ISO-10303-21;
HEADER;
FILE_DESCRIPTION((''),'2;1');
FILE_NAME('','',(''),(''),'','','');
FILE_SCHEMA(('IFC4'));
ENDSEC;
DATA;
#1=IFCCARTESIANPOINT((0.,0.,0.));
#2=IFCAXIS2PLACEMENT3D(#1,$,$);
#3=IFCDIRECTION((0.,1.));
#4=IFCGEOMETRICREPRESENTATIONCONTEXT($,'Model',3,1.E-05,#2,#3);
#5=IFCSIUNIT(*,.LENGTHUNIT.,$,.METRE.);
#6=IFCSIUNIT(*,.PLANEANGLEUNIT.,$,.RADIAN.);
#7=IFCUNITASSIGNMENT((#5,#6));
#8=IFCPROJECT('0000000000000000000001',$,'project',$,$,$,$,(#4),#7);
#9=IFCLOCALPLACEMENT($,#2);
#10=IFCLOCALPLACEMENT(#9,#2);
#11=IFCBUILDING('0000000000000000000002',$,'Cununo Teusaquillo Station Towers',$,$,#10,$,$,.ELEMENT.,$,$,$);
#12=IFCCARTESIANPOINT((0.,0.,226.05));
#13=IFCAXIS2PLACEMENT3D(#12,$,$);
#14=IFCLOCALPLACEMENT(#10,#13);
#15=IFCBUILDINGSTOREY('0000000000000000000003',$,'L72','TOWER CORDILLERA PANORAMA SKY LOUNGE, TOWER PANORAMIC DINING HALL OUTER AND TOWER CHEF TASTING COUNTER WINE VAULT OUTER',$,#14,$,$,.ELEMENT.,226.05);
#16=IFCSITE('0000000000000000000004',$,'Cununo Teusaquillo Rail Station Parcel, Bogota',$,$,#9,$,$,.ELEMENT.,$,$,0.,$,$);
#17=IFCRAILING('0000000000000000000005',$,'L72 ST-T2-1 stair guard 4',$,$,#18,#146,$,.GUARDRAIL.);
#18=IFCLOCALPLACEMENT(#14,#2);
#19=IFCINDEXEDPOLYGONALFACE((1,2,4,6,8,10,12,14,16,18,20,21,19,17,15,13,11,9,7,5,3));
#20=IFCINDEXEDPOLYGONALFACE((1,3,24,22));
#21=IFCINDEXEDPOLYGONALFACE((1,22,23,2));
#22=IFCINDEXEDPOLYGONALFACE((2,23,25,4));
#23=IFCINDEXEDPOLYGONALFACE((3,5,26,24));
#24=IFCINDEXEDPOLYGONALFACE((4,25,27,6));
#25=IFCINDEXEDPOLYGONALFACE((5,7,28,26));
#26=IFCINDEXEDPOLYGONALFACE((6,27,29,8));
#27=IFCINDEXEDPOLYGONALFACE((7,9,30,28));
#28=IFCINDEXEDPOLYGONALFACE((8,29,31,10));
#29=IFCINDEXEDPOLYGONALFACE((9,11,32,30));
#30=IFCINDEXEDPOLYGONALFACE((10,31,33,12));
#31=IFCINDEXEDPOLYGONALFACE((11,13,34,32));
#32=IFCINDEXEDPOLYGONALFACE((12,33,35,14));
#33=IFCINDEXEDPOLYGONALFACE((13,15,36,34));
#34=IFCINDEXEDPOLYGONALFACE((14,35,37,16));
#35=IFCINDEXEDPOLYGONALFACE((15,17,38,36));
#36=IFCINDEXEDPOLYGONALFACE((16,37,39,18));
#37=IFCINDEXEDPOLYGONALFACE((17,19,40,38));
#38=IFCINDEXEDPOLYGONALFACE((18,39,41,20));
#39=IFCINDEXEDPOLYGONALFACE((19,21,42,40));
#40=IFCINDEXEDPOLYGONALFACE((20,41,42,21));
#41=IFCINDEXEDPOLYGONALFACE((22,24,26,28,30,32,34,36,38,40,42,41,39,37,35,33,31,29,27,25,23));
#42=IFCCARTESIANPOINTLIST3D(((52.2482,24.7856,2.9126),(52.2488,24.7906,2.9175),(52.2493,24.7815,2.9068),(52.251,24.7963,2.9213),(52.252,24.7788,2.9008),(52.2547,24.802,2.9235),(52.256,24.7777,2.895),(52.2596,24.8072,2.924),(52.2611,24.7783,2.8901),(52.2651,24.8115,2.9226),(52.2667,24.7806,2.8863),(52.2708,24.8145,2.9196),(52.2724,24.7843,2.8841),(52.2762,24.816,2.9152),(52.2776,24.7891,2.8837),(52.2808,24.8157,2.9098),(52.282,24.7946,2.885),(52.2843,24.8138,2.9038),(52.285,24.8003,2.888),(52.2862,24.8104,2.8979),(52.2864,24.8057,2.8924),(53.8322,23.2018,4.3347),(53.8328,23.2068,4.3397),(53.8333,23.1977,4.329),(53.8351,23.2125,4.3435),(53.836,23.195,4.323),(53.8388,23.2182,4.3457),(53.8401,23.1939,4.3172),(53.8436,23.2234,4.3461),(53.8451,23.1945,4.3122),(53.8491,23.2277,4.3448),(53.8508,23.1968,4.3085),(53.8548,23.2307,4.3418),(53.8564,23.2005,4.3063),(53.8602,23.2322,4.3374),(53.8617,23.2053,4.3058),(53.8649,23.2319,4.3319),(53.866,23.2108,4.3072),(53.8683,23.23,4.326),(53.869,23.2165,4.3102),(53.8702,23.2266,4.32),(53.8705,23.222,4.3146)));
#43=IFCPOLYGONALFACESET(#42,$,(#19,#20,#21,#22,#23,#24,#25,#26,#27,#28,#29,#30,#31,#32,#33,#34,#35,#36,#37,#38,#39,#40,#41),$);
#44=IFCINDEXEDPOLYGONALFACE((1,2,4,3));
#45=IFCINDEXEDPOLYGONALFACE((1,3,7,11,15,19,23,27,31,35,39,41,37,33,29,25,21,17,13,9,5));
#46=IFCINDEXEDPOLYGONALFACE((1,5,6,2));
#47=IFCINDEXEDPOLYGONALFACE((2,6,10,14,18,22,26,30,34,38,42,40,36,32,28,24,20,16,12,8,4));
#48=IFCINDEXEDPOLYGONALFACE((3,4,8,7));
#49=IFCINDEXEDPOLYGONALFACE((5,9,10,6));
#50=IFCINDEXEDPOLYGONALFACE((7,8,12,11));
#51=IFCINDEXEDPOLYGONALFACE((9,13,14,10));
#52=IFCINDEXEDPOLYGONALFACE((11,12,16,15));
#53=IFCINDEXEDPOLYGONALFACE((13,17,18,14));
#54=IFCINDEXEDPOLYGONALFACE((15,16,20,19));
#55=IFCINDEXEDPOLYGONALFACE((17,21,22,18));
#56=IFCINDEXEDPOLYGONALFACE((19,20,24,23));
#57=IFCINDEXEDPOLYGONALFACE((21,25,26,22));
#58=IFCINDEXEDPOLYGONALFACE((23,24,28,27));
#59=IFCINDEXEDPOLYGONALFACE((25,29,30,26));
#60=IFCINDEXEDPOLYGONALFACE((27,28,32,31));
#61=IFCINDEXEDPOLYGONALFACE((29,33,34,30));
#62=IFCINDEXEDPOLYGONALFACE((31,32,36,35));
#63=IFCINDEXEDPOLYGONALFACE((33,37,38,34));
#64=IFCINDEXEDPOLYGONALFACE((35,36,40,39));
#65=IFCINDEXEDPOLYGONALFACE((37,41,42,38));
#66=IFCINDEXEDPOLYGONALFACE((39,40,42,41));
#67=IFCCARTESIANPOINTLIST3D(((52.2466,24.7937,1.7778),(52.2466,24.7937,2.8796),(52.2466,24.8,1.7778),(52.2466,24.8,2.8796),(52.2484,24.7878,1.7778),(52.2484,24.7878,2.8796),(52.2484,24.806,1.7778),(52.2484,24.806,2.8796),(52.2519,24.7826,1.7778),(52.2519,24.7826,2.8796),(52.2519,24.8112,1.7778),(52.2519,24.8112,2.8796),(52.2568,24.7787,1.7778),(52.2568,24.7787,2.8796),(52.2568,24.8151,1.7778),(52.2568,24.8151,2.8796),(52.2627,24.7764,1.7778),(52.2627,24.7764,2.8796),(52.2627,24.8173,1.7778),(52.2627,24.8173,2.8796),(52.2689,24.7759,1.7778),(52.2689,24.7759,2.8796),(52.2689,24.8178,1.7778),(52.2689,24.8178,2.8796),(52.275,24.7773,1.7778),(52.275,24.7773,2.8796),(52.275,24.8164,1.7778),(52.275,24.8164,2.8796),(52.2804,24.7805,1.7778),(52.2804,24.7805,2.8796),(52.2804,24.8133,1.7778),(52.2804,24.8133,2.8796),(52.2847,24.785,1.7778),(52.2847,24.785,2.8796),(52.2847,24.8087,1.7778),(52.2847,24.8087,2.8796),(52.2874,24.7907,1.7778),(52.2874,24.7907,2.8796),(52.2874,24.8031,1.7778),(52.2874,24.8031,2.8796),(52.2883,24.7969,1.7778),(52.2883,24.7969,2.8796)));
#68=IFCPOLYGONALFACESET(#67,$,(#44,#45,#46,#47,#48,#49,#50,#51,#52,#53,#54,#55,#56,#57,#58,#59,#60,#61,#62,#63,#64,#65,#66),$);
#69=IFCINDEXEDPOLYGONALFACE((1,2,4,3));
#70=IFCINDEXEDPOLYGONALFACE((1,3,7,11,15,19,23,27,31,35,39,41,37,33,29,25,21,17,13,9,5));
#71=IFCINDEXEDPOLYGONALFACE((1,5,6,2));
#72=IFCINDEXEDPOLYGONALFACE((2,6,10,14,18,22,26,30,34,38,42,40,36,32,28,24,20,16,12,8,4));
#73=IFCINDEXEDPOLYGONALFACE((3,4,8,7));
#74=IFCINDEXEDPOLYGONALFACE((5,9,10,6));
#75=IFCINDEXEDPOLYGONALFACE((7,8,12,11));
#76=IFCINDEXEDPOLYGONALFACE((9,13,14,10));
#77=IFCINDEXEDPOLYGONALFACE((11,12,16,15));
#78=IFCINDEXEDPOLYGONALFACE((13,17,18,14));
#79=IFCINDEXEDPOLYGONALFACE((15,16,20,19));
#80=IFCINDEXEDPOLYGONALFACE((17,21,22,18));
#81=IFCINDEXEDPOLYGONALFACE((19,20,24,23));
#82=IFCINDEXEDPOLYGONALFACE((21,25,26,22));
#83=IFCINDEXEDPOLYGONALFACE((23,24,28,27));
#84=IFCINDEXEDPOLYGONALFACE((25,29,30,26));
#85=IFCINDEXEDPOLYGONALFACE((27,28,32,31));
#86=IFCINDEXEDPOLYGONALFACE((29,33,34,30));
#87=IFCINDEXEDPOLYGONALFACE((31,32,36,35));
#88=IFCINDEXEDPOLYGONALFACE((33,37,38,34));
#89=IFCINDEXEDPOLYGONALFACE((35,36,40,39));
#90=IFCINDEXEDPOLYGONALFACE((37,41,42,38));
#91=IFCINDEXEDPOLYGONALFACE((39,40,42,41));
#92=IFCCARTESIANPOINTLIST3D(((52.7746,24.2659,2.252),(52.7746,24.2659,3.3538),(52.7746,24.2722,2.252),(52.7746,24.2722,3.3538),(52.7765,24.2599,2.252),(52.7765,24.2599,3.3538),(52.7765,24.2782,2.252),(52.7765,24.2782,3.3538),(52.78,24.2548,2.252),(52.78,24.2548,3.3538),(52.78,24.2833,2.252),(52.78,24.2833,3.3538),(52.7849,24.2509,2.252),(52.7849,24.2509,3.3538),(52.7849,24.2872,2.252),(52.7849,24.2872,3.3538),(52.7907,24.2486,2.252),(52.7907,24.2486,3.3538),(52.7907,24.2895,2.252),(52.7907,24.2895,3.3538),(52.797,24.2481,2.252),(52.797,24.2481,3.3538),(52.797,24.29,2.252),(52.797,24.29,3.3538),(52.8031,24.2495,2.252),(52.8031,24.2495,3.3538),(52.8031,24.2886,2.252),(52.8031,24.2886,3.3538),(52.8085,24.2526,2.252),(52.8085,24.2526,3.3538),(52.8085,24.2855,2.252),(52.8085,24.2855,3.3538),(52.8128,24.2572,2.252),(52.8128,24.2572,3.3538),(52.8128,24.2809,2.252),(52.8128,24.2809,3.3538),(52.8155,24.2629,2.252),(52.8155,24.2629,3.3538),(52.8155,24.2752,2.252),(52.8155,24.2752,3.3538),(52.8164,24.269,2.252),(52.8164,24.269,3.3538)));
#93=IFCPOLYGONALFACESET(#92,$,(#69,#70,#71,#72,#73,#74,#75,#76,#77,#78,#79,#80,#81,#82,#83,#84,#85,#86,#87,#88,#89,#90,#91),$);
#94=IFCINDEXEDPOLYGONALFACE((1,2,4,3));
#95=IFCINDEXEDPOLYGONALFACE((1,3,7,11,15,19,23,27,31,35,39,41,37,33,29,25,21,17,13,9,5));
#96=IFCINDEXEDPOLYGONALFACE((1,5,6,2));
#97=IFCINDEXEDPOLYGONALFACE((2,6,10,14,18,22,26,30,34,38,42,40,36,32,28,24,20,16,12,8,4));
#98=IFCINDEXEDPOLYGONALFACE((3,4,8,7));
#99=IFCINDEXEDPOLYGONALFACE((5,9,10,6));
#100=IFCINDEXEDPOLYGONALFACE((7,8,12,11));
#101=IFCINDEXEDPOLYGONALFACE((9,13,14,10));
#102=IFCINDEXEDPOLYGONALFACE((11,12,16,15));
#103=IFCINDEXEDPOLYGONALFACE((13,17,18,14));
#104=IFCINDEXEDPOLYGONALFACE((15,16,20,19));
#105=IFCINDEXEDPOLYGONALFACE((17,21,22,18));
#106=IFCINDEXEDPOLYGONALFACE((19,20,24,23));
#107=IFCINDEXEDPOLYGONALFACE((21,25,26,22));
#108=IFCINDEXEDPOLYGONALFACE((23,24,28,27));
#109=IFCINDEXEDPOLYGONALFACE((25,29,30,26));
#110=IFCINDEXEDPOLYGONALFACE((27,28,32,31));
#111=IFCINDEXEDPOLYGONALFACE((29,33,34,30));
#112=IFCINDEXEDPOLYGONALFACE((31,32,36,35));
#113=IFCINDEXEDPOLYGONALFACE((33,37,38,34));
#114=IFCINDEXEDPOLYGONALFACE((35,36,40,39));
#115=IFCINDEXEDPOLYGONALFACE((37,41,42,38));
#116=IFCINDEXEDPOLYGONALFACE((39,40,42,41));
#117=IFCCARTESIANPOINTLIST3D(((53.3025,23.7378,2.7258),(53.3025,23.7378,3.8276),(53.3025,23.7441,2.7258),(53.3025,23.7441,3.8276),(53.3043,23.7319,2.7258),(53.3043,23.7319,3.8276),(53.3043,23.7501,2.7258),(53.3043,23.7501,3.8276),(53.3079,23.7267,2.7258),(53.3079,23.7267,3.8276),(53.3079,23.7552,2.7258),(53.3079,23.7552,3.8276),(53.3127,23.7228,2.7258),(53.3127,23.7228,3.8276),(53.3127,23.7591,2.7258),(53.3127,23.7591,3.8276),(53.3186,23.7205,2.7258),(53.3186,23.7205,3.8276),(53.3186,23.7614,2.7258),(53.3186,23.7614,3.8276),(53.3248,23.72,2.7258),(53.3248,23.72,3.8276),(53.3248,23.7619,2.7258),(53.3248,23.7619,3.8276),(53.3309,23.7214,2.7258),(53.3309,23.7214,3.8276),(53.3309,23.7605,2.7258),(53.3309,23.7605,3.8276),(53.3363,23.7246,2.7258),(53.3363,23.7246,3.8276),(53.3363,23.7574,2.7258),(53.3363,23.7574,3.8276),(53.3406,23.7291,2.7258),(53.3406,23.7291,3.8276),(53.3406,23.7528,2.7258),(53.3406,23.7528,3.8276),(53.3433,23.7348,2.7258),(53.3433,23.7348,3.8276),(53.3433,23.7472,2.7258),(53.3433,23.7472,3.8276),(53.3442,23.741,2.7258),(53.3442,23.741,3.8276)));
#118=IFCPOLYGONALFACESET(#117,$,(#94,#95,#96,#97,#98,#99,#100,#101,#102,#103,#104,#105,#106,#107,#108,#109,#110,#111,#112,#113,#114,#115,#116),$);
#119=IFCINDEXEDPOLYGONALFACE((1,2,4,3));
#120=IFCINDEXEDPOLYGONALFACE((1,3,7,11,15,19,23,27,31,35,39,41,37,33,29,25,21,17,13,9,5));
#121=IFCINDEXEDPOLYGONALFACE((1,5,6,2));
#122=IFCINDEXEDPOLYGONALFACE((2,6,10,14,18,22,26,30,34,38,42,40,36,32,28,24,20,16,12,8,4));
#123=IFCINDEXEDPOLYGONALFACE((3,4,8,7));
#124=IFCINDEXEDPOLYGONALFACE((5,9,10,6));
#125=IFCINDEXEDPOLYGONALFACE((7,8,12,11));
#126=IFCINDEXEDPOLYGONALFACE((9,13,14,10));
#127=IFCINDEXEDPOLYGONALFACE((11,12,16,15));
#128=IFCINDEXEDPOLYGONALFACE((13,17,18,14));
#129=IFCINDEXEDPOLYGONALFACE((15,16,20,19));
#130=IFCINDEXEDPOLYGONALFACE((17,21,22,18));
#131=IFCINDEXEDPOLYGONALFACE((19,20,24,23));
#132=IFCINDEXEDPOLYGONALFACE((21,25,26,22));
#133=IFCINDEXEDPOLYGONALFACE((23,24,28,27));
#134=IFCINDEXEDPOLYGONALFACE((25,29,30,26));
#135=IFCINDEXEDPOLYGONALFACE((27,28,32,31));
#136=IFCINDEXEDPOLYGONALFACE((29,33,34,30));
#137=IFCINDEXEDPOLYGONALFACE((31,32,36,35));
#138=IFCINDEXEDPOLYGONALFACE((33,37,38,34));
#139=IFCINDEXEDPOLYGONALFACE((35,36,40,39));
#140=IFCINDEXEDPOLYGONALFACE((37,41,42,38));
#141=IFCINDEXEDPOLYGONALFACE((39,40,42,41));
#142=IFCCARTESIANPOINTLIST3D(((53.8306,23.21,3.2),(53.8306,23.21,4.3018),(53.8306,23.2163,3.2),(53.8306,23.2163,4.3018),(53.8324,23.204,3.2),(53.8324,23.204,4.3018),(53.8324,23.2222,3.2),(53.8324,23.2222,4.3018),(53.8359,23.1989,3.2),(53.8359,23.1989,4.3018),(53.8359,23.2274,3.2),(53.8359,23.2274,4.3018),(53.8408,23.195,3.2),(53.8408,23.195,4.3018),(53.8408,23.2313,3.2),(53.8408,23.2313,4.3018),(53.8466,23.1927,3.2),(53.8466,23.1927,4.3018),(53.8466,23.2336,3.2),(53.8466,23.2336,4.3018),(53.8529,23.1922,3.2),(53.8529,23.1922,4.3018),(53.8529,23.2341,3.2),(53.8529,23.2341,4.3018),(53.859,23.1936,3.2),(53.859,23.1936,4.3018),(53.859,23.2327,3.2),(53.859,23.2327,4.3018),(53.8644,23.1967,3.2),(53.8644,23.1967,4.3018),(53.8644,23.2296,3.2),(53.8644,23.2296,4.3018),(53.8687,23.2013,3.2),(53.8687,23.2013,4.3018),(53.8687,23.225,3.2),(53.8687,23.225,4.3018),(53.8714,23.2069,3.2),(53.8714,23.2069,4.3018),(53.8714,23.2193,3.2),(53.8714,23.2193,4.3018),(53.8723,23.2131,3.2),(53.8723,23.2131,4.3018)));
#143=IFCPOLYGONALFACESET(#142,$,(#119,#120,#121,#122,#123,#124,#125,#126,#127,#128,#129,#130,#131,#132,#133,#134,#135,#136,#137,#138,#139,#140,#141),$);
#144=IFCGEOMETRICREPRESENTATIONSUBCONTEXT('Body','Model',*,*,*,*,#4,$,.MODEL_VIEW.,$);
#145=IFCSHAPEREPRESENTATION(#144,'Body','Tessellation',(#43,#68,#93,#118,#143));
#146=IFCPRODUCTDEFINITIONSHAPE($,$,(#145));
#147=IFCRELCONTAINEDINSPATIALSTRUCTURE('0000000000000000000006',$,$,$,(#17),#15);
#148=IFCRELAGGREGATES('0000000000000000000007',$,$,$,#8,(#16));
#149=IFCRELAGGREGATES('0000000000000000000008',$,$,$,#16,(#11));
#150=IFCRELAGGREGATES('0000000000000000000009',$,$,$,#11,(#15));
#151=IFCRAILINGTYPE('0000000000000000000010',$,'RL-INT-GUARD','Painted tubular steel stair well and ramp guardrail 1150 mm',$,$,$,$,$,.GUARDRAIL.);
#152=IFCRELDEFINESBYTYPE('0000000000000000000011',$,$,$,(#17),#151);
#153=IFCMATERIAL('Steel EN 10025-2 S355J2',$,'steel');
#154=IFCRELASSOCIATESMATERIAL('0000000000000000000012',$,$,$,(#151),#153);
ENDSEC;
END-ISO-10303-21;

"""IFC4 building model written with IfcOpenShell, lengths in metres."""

from ifc_helpers import new_model, si_unit, direction, frame, origin, origin_2d, place, context, subcontext, project, spatial, circle, extrude, material, type_object, element, save


model = new_model("IFC4")

# Units and contexts
model_context = context("Model", 3, precision=1e-05, world=origin(), true_north=direction((0.0, 1.0)))
body_context = subcontext(model_context, "Body", "Model", "MODEL_VIEW")
ifc_project = project(units=[si_unit("LENGTHUNIT", "METRE"), si_unit("PLANEANGLEUNIT", "RADIAN")], contexts=[model_context])

# Site, building, storey
site_placement = place(None, origin())
site = spatial("IfcSite", under=ifc_project, at=site_placement, Name="Cununo Teusaquillo Rail Station Parcel, Bogota", CompositionType="ELEMENT", RefElevation=0.0)
building_placement = place(site_placement, origin())
building = spatial("IfcBuilding", under=site, at=building_placement, Name="Cununo Teusaquillo Station Towers", CompositionType="ELEMENT")
storey_placement = place(building_placement, frame((0.0, 0.0, 226.05)))
storey = spatial("IfcBuildingStorey", under=building, at=storey_placement, Name="L72", Description="TOWER CORDILLERA PANORAMA SKY LOUNGE, TOWER PANORAMIC DINING HALL OUTER AND TOWER CHEF TASTING COUNTER WINE VAULT OUTER", CompositionType="ELEMENT", Elevation=226.05)

# Railing
ifc_material_1 = material(Name="Steel EN 10025-2 S355J2", Category="steel")
railing_type_1 = type_object("IfcRailingType", Name="RL-INT-GUARD", Description="Painted tubular steel stair well and ramp guardrail 1150 mm", PredefinedType="GUARDRAIL", material=ifc_material_1)
railing_1_placement = place(storey_placement, frame((52.2673, 24.7969, 1.7778)))
element("IfcRailing", 1, at=railing_1_placement, inside=storey, type_object=railing_type_1, Name="L72 ST-T2-1 stair guard 4", PredefinedType="GUARDRAIL", context=body_context, shape_type="SweptSolid", body=[
    extrude(circle(Radius=0.0239, at=origin_2d()), frame((0.0, 0.0, 1.126), z_axis=(0.597001, -0.596909, 0.535994), x_axis=(0.707052, 0.707161, 0.0)), (0.0, 0.0, 1.0), 2.6533),
    extrude(circle(Radius=0.021, at=origin_2d()), origin(), (0.0, 0.0, 1.0), 1.1018),
    extrude(circle(Radius=0.021, at=origin_2d()), frame((0.5281, -0.5278, 0.4741)), (0.0, 0.0, 1.0), 1.1018),
    extrude(circle(Radius=0.021, at=origin_2d()), frame((1.0559, -1.0559, 0.948)), (0.0, 0.0, 1.0), 1.1018),
    extrude(circle(Radius=0.021, at=origin_2d()), frame((1.584, -1.5837, 1.4221)), (0.0, 0.0, 1.0), 1.1018),
])

save(model, "model.ifc")
